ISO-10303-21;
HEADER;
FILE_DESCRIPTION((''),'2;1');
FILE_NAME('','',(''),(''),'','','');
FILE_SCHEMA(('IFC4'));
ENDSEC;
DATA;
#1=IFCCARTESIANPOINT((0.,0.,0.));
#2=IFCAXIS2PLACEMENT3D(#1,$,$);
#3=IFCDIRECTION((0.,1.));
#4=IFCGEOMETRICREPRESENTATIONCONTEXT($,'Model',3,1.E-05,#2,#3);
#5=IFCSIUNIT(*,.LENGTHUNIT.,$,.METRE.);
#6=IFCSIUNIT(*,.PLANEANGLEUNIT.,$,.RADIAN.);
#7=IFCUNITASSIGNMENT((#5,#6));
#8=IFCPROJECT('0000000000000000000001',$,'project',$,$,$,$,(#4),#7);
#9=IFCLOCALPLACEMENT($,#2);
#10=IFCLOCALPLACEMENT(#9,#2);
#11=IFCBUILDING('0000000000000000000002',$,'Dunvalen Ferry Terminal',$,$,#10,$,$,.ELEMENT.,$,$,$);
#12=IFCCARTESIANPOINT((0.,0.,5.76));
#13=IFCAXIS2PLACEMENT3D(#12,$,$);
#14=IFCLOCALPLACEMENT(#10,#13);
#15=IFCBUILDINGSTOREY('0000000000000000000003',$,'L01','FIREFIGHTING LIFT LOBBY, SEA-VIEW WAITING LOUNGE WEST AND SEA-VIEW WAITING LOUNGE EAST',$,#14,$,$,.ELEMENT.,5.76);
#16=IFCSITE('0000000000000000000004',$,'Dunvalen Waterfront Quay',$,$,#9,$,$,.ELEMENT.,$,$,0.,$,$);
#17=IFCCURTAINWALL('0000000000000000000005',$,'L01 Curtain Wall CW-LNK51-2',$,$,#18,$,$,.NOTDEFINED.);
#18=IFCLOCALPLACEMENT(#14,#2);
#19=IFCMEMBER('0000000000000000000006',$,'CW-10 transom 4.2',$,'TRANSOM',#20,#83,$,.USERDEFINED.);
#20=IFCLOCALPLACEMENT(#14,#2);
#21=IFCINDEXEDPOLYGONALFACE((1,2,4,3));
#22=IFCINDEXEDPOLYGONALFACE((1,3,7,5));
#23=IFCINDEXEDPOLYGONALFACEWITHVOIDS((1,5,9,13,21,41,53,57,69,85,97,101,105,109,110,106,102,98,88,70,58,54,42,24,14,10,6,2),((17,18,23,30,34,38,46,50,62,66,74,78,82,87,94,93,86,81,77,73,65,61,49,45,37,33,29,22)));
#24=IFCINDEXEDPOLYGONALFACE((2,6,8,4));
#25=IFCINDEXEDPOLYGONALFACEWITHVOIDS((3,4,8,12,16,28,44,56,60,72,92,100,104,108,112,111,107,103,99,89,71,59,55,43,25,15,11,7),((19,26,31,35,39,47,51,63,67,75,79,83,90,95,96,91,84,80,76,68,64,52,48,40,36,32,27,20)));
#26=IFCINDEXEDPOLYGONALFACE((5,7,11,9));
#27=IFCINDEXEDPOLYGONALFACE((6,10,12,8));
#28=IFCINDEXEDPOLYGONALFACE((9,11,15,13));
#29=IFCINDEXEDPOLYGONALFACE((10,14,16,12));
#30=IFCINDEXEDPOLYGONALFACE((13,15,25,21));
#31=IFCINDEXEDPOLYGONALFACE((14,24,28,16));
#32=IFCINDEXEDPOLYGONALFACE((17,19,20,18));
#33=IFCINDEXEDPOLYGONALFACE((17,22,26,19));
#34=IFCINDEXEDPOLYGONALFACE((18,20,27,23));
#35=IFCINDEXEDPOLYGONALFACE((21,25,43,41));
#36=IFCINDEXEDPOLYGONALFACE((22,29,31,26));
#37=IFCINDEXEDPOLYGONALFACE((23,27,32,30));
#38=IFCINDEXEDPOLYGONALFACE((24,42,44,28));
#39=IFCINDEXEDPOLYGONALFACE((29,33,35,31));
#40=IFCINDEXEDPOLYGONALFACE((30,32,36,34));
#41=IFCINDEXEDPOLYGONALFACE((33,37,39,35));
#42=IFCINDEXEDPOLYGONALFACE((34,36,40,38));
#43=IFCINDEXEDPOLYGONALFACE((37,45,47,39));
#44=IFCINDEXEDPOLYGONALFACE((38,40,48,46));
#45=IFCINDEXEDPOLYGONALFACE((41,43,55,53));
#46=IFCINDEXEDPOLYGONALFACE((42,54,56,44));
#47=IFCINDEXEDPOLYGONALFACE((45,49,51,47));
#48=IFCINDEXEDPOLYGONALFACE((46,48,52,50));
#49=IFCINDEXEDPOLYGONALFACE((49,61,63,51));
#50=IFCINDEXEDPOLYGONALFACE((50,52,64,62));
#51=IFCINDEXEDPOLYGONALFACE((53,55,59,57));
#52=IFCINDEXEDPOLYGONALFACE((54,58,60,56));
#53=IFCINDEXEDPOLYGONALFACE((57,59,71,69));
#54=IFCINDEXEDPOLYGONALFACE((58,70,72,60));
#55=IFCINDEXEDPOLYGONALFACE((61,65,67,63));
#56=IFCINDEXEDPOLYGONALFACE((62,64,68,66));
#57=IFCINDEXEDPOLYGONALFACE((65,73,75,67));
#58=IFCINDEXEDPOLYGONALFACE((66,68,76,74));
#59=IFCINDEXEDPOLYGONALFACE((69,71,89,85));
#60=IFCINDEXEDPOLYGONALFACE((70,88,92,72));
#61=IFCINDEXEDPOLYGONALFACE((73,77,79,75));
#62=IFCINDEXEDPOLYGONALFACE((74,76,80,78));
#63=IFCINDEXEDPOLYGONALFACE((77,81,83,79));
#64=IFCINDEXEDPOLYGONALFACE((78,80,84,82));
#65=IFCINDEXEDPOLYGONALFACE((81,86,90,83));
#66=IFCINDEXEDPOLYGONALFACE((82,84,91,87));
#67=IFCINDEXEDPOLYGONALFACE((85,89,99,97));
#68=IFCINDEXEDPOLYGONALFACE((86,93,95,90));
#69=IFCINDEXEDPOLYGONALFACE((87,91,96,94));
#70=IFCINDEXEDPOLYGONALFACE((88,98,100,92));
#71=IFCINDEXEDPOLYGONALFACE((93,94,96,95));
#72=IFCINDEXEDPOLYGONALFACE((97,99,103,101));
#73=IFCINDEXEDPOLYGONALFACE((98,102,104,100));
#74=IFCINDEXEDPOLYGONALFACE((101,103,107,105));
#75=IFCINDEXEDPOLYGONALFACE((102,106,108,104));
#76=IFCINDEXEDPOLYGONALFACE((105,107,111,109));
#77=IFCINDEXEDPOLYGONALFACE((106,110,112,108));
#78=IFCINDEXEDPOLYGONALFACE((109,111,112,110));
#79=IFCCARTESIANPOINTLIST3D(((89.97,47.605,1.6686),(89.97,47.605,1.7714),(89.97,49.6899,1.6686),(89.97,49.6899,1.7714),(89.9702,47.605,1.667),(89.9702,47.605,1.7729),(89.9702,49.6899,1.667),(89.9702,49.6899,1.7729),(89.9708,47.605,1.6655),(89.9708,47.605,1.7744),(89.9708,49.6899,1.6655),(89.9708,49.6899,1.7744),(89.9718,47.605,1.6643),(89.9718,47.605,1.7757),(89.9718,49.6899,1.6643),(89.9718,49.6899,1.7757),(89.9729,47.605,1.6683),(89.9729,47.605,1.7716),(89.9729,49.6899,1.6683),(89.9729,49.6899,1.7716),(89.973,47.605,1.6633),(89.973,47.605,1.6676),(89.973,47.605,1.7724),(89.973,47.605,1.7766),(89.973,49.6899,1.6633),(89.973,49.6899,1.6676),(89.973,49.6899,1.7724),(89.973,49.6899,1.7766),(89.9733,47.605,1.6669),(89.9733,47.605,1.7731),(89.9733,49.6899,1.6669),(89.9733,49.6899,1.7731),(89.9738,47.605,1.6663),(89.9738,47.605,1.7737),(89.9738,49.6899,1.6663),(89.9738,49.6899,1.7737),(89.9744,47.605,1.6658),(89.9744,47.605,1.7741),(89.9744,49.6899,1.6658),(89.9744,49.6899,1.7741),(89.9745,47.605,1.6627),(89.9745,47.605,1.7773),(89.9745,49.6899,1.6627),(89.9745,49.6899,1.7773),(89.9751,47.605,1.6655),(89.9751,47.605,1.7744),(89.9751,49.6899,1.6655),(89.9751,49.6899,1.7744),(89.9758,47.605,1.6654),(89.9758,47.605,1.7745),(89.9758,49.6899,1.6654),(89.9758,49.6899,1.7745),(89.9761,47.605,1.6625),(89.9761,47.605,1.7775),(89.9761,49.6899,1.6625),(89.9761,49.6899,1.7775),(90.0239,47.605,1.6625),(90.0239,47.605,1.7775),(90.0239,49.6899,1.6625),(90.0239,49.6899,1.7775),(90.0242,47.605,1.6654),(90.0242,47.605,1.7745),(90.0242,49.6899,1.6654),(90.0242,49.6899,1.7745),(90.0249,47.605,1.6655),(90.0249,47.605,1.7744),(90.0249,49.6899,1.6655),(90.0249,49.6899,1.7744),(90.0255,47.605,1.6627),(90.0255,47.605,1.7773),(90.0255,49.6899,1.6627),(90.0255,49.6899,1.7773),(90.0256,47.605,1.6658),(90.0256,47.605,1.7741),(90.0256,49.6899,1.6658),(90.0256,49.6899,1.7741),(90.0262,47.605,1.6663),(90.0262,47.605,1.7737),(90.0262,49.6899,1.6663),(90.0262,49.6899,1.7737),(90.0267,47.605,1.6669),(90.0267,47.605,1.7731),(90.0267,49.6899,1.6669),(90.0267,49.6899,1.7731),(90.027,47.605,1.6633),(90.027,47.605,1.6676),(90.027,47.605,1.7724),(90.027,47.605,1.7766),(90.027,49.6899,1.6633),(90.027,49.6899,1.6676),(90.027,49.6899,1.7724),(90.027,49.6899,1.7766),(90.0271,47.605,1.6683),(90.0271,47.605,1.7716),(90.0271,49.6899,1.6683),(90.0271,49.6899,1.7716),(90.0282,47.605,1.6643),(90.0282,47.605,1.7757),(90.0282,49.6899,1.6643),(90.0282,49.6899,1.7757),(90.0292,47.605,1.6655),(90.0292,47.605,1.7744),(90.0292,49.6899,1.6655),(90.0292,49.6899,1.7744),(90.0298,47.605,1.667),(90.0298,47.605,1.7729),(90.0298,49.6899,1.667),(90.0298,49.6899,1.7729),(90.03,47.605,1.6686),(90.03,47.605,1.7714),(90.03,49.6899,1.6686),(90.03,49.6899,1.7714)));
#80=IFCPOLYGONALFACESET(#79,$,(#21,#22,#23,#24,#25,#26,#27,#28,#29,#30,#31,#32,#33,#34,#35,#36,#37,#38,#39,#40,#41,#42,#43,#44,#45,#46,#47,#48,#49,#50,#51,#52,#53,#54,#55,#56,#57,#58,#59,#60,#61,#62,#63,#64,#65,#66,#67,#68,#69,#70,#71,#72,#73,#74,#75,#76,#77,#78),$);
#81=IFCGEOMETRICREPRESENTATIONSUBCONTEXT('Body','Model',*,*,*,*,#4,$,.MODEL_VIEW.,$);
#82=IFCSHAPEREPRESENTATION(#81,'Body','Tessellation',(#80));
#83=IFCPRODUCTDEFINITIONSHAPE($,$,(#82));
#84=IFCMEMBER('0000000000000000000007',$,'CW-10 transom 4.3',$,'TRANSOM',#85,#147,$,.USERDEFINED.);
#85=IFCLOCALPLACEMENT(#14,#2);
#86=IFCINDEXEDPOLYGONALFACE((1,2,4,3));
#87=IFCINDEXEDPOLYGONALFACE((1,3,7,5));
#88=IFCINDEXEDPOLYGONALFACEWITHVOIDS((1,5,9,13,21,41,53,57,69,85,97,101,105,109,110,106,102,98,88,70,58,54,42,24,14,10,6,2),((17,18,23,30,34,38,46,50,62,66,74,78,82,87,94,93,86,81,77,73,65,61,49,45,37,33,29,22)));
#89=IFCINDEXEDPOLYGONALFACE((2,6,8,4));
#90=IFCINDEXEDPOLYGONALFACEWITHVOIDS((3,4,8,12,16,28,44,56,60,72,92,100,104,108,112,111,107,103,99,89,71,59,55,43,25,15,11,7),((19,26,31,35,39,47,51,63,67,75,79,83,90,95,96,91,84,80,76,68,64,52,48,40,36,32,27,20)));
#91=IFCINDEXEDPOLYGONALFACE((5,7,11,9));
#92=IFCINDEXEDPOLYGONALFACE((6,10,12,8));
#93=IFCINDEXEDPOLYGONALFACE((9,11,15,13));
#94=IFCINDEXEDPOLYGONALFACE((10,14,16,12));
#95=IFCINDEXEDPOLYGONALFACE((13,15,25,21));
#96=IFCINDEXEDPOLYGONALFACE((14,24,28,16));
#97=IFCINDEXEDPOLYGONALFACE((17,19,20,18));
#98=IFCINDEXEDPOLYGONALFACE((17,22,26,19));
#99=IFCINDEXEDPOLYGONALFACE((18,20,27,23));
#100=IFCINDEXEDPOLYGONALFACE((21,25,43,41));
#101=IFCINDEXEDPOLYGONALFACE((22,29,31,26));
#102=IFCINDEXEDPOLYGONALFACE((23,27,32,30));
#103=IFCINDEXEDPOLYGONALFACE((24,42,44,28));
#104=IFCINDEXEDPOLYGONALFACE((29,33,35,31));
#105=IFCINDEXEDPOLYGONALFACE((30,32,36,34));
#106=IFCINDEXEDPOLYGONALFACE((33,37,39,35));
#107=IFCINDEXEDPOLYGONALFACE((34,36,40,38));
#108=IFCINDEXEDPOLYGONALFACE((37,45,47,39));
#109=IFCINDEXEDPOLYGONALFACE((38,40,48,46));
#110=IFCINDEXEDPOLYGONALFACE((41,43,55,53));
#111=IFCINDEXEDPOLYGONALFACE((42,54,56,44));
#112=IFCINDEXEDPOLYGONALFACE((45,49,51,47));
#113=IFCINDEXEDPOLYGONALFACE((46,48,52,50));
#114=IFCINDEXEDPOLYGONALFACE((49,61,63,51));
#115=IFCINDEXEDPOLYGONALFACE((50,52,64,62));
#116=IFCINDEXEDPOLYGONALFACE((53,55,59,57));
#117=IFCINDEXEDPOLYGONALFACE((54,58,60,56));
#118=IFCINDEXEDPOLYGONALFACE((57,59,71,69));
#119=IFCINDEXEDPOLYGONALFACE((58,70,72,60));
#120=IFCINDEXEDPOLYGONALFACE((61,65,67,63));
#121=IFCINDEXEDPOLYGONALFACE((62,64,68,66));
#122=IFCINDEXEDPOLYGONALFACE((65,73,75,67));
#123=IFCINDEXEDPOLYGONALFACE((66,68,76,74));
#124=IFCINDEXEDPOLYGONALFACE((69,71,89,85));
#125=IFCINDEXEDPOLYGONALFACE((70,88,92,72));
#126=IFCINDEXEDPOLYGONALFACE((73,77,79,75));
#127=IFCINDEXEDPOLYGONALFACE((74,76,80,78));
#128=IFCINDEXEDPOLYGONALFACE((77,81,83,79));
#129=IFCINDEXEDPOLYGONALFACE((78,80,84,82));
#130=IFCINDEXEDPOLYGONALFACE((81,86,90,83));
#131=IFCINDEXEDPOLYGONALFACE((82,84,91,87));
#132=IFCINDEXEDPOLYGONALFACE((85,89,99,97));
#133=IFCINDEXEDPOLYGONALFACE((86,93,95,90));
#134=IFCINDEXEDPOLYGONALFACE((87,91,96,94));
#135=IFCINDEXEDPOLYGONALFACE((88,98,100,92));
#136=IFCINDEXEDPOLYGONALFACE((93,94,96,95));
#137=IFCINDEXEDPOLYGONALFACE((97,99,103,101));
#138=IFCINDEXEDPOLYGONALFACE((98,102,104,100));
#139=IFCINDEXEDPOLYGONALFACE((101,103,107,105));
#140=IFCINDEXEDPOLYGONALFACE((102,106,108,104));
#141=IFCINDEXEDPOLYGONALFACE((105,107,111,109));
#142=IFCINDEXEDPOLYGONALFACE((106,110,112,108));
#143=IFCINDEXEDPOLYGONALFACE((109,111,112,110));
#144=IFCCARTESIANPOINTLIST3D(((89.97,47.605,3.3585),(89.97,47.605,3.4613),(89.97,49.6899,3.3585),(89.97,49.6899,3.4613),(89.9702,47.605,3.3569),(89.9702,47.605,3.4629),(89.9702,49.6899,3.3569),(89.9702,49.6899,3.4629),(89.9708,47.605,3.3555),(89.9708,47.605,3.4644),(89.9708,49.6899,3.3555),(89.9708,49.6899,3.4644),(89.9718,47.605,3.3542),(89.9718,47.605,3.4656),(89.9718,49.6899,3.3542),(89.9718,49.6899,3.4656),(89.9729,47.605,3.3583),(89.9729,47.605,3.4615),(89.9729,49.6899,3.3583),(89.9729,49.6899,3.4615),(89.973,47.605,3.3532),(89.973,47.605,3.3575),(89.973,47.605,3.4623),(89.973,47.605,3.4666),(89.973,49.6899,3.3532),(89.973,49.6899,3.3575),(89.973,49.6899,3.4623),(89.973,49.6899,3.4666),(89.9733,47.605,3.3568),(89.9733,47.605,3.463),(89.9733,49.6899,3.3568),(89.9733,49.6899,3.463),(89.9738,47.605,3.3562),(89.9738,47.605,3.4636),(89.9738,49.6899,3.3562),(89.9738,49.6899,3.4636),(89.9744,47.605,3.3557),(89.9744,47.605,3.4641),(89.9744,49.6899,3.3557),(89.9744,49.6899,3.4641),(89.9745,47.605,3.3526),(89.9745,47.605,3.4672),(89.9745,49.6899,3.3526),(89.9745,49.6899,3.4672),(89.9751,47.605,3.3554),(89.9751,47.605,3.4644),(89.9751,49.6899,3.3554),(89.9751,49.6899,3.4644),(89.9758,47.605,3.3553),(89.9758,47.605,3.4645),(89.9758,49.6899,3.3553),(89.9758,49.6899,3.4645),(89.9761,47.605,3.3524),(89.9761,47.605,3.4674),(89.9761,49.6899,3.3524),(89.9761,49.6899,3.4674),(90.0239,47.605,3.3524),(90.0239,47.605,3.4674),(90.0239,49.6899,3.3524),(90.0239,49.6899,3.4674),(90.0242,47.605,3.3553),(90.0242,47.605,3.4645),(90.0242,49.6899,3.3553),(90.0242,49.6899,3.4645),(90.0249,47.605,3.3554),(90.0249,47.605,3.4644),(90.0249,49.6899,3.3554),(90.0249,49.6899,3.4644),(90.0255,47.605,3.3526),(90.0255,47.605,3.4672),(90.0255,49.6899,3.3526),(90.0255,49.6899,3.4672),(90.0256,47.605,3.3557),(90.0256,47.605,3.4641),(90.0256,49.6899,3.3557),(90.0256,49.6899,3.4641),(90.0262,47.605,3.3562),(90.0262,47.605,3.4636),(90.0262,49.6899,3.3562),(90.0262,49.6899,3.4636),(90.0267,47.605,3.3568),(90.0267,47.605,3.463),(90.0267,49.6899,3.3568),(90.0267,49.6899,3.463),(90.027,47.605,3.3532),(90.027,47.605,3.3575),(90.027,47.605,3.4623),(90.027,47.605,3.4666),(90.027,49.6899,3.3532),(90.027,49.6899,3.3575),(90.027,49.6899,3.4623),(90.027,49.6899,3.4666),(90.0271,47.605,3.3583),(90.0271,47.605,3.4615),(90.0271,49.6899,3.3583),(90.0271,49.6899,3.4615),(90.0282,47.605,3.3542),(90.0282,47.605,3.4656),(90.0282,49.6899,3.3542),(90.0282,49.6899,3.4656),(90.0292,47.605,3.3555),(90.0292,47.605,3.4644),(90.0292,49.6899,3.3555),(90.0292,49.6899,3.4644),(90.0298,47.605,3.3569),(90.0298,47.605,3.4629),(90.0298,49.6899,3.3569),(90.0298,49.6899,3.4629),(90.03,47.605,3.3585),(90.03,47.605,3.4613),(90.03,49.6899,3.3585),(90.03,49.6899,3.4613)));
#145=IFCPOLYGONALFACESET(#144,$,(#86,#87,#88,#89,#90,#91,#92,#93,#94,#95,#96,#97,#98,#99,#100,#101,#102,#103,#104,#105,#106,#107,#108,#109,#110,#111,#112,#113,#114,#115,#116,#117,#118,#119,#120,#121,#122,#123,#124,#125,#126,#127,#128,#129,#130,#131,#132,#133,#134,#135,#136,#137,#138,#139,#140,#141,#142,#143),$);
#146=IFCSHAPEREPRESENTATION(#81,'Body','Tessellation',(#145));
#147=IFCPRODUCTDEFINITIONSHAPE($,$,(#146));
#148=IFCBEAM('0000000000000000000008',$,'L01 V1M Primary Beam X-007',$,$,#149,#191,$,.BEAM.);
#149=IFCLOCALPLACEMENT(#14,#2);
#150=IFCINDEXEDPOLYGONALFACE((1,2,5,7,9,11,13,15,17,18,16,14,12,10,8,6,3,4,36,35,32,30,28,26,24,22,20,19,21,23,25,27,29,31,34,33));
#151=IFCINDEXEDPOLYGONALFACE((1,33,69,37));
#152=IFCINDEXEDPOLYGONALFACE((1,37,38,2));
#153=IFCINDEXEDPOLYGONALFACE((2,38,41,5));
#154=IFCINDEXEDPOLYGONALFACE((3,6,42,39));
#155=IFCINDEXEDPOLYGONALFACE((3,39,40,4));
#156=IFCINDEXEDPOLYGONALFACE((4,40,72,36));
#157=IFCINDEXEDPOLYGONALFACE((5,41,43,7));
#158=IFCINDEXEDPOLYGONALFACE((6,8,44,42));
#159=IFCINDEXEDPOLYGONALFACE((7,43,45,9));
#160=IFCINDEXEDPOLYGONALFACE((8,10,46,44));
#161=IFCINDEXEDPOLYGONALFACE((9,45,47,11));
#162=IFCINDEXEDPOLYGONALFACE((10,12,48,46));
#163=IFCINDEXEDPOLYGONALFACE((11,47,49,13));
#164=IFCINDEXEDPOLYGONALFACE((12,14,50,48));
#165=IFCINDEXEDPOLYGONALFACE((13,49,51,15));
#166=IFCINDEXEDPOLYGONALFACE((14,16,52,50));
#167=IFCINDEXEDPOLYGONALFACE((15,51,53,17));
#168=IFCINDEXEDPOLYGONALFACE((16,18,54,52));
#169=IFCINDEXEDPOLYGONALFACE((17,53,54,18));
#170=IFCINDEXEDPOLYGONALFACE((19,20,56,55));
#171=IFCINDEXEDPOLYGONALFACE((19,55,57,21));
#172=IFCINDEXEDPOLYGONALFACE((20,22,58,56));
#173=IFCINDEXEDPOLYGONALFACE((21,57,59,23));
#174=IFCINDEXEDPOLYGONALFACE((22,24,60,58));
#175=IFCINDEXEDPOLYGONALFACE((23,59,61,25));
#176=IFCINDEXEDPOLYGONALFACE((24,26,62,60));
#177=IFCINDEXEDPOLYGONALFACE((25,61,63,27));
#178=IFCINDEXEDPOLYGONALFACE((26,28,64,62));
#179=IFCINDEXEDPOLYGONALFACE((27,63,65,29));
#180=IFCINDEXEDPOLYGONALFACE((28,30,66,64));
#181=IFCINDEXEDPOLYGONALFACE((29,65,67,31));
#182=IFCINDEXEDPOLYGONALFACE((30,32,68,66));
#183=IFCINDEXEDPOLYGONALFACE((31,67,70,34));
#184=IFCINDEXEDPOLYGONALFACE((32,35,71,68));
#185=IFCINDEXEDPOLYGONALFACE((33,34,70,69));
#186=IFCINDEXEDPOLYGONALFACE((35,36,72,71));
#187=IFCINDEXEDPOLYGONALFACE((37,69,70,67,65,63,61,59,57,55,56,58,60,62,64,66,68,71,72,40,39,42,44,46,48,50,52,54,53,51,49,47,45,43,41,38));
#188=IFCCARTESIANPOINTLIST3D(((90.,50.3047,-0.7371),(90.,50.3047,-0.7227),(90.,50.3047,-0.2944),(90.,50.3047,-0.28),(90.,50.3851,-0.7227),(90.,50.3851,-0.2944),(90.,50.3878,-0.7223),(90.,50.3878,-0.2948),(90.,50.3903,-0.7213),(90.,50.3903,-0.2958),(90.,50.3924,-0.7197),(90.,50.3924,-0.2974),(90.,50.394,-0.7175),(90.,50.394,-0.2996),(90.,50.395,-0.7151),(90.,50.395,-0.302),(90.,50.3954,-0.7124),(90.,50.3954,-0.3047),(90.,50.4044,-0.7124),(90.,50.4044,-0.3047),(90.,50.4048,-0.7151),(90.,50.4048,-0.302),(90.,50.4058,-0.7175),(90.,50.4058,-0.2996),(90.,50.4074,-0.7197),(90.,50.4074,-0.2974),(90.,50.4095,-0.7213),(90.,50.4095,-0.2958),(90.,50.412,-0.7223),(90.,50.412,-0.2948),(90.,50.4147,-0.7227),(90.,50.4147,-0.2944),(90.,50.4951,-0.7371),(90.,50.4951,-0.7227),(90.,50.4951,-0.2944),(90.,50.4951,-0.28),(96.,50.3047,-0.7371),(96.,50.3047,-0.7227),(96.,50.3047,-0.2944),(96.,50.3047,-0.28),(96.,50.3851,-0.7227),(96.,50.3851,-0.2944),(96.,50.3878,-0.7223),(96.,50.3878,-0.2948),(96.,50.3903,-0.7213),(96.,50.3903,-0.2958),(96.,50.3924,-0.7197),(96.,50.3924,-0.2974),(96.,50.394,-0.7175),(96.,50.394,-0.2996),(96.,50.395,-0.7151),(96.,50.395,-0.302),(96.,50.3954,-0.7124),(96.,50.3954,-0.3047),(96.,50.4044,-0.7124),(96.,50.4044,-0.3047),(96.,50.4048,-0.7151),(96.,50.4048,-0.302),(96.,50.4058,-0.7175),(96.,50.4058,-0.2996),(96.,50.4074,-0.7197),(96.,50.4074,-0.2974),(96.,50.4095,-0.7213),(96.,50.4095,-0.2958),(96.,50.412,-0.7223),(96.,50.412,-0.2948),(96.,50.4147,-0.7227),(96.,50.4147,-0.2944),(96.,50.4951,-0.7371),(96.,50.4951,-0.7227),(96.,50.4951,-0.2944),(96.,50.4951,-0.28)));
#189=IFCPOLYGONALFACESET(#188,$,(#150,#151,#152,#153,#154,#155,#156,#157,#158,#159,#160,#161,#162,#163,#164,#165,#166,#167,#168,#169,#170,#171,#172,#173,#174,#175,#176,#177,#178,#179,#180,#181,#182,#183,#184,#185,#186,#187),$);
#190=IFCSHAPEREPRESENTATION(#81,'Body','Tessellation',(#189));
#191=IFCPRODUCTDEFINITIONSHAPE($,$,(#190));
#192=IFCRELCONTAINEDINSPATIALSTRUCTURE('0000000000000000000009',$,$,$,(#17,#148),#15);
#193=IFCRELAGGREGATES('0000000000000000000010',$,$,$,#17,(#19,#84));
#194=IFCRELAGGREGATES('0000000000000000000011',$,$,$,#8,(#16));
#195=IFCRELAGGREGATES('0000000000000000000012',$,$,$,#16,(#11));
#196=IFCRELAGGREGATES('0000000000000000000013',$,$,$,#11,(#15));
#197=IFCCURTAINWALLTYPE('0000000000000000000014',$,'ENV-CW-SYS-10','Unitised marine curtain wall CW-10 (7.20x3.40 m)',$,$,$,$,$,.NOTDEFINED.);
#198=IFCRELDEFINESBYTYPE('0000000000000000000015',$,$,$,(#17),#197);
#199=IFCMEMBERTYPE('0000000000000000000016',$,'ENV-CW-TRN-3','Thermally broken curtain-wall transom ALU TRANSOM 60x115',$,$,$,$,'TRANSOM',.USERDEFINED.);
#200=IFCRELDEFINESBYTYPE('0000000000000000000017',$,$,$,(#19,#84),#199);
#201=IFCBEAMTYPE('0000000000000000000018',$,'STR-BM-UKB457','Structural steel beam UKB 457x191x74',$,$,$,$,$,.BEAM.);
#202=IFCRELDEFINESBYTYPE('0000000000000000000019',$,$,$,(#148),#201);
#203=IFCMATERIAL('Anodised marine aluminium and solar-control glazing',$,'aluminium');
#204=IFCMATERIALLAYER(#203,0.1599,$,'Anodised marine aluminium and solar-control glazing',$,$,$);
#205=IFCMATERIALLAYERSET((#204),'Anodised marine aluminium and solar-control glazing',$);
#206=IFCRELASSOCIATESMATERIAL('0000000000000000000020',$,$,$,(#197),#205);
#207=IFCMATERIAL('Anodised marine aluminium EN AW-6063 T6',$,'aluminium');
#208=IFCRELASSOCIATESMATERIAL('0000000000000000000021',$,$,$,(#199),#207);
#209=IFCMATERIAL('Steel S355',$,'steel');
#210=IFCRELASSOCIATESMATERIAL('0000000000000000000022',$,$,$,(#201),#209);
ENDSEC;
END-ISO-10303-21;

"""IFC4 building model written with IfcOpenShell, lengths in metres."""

from ifc_helpers import new_model, si_unit, direction, frame, origin, origin_2d, place, context, subcontext, project, spatial, hollow_rectangle, i_section, extrude, material, layer, layer_set, material_profile, profile_set, type_object, element, aggregate, save


model = new_model("IFC4")

# Units and contexts
model_context = context("Model", 3, precision=1e-05, world=origin(), true_north=direction((0.0, 1.0)))
body_context = subcontext(model_context, "Body", "Model", "MODEL_VIEW")
ifc_project = project(units=[si_unit("LENGTHUNIT", "METRE"), si_unit("PLANEANGLEUNIT", "RADIAN")], contexts=[model_context])

# Site, building, storey
site_placement = place(None, origin())
site = spatial("IfcSite", under=ifc_project, at=site_placement, Name="Dunvalen Waterfront Quay", CompositionType="ELEMENT", RefElevation=0.0)
building_placement = place(site_placement, origin())
building = spatial("IfcBuilding", under=site, at=building_placement, Name="Dunvalen Ferry Terminal", CompositionType="ELEMENT")
storey_placement = place(building_placement, frame((0.0, 0.0, 5.76)))
storey = spatial("IfcBuildingStorey", under=building, at=storey_placement, Name="L01", Description="FIREFIGHTING LIFT LOBBY, SEA-VIEW WAITING LOUNGE WEST AND SEA-VIEW WAITING LOUNGE EAST", CompositionType="ELEMENT", Elevation=5.76)

# Shared definitions
ifc_material_1 = material(Name="Steel S355", Category="steel")

# Shared definitions
ifc_material_2 = material(Name="Anodised marine aluminium and solar-control glazing", Category="aluminium")
ifc_material_3 = material(Name="Anodised marine aluminium EN AW-6063 T6", Category="aluminium")

# Curtain wall
ifc_layer_1 = layer(ifc_material_2, 0.1599, Name="Anodised marine aluminium and solar-control glazing")
ifc_layer_set_1 = layer_set([ifc_layer_1], Name="Anodised marine aluminium and solar-control glazing")
curtain_wall_type_1 = type_object("IfcCurtainWallType", Name="ENV-CW-SYS-10", Description="Unitised marine curtain wall CW-10 (7.20x3.40 m)", PredefinedType="NOTDEFINED", material=ifc_layer_set_1)
curtain_wall_1_placement = place(storey_placement, origin())
curtain_wall_1 = element("IfcCurtainWall", 1, at=curtain_wall_1_placement, inside=storey, type_object=curtain_wall_type_1, Name="L01 Curtain Wall CW-LNK51-2", PredefinedType="NOTDEFINED")

# Members
ifc_material_profile_1 = material_profile(ifc_material_3, hollow_rectangle(XDim=0.0601, YDim=0.115, WallThickness=0.0029, InnerFilletRadius=0.0029, OuterFilletRadius=0.0061, at=origin_2d()), Name="Anodised marine aluminium EN AW-6063 T6")
ifc_profile_set_1 = profile_set([ifc_material_profile_1], Name="Anodised marine aluminium EN AW-6063 T6")
member_type_1 = type_object("IfcMemberType", Name="ENV-CW-TRN-3", Description="Thermally broken curtain-wall transom ALU TRANSOM 60x115", ElementType="TRANSOM", PredefinedType="USERDEFINED", material=ifc_profile_set_1)
member_1_placement = place(storey_placement, frame((90.0, 47.605, 1.72), z_axis=(0.0, 1.0, 0.0), x_axis=(-1.0, 0.0, 0.0)))
member_1 = element("IfcMember", 2, at=member_1_placement, type_object=member_type_1, Name="CW-10 transom 4.2", ObjectType="TRANSOM", PredefinedType="USERDEFINED", context=body_context, shape_type="SweptSolid", body=[
    extrude(hollow_rectangle(XDim=0.0601, YDim=0.115, WallThickness=0.0029, InnerFilletRadius=0.0029, OuterFilletRadius=0.0061, at=origin_2d()), origin(), (0.0, 0.0, 1.0), 2.085),
])
member_2_placement = place(storey_placement, frame((90.0, 47.605, 3.4099), z_axis=(0.0, 1.0, 0.0), x_axis=(-1.0, 0.0, 0.0)))
member_2 = element("IfcMember", 3, at=member_2_placement, type_object=member_type_1, Name="CW-10 transom 4.3", ObjectType="TRANSOM", PredefinedType="USERDEFINED", context=body_context, shape_type="SweptSolid", body=[
    extrude(hollow_rectangle(XDim=0.0601, YDim=0.115, WallThickness=0.0029, InnerFilletRadius=0.0029, OuterFilletRadius=0.0061, at=origin_2d()), origin(), (0.0, 0.0, 1.0), 2.085),
])

# Beam
ifc_material_profile_2 = material_profile(ifc_material_1, i_section(OverallWidth=0.1904, OverallDepth=0.457, WebThickness=0.009, FlangeThickness=0.0144, FilletRadius=0.0103, at=origin_2d()), Name="Steel S355")
ifc_profile_set_2 = profile_set([ifc_material_profile_2], Name="Steel S355")
beam_type_1 = type_object("IfcBeamType", Name="STR-BM-UKB457", Description="Structural steel beam UKB 457x191x74", PredefinedType="BEAM", material=ifc_profile_set_2)
beam_1_placement = place(storey_placement, frame((90.0, 50.3999, -0.5085), z_axis=(1.0, 0.0, 0.0), x_axis=(0.0, 1.0, 0.0)))
element("IfcBeam", 4, at=beam_1_placement, inside=storey, type_object=beam_type_1, Name="L01 V1M Primary Beam X-007", PredefinedType="BEAM", context=body_context, shape_type="SweptSolid", body=[
    extrude(i_section(OverallWidth=0.1904, OverallDepth=0.457, WebThickness=0.009, FlangeThickness=0.0144, FilletRadius=0.0103, at=origin_2d()), origin(), (0.0, 0.0, 1.0), 6.0),
])

aggregate(curtain_wall_1, [member_1, member_2])

save(model, "model.ifc")
